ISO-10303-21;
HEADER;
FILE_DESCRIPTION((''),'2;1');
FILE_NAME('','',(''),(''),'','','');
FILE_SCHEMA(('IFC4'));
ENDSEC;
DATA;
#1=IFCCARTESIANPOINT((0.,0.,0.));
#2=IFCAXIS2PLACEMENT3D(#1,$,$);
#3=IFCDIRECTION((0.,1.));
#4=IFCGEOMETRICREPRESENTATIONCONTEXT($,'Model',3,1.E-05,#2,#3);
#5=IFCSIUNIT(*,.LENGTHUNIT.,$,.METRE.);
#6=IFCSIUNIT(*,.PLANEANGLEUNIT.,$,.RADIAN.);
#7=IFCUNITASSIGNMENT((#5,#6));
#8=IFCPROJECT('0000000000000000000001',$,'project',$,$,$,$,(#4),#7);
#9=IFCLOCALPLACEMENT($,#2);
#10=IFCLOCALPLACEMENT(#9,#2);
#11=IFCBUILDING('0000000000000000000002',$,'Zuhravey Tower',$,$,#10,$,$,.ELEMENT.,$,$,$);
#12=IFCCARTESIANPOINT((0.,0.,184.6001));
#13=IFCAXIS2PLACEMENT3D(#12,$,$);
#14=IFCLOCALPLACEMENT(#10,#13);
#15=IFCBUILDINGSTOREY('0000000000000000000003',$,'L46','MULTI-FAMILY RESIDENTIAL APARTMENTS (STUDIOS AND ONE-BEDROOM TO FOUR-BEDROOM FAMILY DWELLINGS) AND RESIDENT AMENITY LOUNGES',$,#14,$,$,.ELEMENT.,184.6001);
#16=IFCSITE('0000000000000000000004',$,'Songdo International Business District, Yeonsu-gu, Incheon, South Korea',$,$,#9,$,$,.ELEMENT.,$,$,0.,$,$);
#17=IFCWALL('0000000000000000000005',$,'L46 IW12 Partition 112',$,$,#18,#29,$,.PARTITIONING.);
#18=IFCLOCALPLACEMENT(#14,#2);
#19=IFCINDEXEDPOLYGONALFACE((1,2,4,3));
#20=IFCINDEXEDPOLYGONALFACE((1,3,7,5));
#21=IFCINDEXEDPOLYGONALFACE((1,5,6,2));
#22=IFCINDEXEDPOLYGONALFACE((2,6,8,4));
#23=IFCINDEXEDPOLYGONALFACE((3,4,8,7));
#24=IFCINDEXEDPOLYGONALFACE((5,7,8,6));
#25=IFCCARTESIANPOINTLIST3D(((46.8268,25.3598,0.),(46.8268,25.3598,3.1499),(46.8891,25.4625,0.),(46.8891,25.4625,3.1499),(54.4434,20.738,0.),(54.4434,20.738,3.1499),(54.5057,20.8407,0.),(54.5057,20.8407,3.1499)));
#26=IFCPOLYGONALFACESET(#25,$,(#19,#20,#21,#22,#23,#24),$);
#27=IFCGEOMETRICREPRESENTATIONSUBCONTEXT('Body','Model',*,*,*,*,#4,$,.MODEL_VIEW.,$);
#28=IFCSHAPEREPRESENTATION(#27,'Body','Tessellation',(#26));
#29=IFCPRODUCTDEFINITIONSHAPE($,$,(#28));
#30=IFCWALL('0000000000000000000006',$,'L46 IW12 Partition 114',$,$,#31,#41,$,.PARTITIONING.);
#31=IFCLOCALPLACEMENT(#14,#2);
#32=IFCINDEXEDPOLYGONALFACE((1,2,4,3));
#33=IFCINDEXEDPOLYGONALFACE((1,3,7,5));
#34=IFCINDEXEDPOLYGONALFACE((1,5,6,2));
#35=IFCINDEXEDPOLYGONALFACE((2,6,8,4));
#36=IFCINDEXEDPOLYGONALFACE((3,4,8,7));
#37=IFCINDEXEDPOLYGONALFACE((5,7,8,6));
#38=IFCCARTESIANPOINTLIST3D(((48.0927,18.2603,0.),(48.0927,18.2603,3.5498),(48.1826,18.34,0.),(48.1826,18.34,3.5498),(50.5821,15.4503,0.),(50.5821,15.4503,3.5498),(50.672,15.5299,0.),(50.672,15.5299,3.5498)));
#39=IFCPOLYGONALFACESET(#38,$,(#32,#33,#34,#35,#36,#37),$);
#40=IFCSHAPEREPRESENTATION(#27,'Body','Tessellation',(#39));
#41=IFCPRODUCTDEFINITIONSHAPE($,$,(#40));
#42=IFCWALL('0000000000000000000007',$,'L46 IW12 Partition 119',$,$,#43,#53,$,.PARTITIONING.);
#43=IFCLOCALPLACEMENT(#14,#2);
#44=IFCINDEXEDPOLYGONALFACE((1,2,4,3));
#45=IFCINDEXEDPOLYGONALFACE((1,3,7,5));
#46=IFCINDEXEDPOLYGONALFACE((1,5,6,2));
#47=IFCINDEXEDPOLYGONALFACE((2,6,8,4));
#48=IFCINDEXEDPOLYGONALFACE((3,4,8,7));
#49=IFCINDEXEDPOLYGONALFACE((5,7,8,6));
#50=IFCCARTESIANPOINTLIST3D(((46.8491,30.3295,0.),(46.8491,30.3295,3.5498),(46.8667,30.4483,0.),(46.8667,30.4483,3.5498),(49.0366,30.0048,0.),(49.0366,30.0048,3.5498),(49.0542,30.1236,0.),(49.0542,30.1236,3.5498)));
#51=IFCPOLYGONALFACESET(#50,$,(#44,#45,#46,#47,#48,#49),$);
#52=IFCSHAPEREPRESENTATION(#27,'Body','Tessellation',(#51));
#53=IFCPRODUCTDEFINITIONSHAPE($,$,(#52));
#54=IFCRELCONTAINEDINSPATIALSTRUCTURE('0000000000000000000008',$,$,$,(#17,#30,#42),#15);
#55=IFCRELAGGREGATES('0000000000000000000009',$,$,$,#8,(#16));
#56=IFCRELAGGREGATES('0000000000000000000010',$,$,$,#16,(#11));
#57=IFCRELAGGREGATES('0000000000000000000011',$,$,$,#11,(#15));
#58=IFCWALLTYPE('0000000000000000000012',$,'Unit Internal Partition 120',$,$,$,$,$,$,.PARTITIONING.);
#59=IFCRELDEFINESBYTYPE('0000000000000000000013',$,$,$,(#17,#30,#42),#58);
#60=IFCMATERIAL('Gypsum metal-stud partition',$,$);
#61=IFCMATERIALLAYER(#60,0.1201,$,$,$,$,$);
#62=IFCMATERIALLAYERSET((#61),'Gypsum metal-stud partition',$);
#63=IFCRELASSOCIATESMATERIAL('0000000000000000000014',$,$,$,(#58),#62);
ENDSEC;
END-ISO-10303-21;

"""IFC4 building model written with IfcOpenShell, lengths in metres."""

from ifc_helpers import new_model, si_unit, direction, frame, frame_2d, origin, place, context, subcontext, project, spatial, rectangle, extrude, material, layer, layer_set, type_object, element, save


model = new_model("IFC4")

# Units and contexts
model_context = context("Model", 3, precision=1e-05, world=origin(), true_north=direction((0.0, 1.0)))
body_context = subcontext(model_context, "Body", "Model", "MODEL_VIEW")
ifc_project = project(units=[si_unit("LENGTHUNIT", "METRE"), si_unit("PLANEANGLEUNIT", "RADIAN")], contexts=[model_context])

# Site, building, storey
site_placement = place(None, origin())
site = spatial("IfcSite", under=ifc_project, at=site_placement, Name="Songdo International Business District, Yeonsu-gu, Incheon, South Korea", CompositionType="ELEMENT", RefElevation=0.0)
building_placement = place(site_placement, origin())
building = spatial("IfcBuilding", under=site, at=building_placement, Name="Zuhravey Tower", CompositionType="ELEMENT")
storey_placement = place(building_placement, frame((0.0, 0.0, 184.6001)))
storey = spatial("IfcBuildingStorey", under=building, at=storey_placement, Name="L46", Description="MULTI-FAMILY RESIDENTIAL APARTMENTS (STUDIOS AND ONE-BEDROOM TO FOUR-BEDROOM FAMILY DWELLINGS) AND RESIDENT AMENITY LOUNGES", CompositionType="ELEMENT", Elevation=184.6001)

# Shared definitions
ifc_material_1 = material(Name="Gypsum metal-stud partition")
ifc_layer_1 = layer(ifc_material_1, 0.1201)
ifc_layer_set_1 = layer_set([ifc_layer_1], Name="Gypsum metal-stud partition")
wall_type_1 = type_object("IfcWallType", Name="Unit Internal Partition 120", PredefinedType="PARTITIONING", material=ifc_layer_set_1)

# Walls
wall_1_placement = place(storey_placement, frame((46.8579, 25.4111, 0.0), z_axis=(0.0, 0.0, 1.0), x_axis=(0.854917, -0.518765, 0.0)))
element("IfcWall", 1, at=wall_1_placement, inside=storey, type_object=wall_type_1, Name="L46 IW12 Partition 112", PredefinedType="PARTITIONING", context=body_context, shape_type="SweptSolid", body=[
    extrude(rectangle(XDim=8.9092, YDim=0.1201, at=frame_2d((4.4546, 0.0))), origin(), (0.0, 0.0, 1.0), 3.1499),
])
wall_2_placement = place(storey_placement, frame((48.1377, 18.3, 0.0), z_axis=(0.0, 0.0, 1.0), x_axis=(0.663124, -0.74851, 0.0)))
element("IfcWall", 2, at=wall_2_placement, inside=storey, type_object=wall_type_1, Name="L46 IW12 Partition 114", PredefinedType="PARTITIONING", context=body_context, shape_type="SweptSolid", body=[
    extrude(rectangle(XDim=3.7542, YDim=0.1201, at=frame_2d((1.877, 0.0))), origin(), (0.0, 0.0, 1.0), 3.5498),
])
wall_3_placement = place(storey_placement, frame((46.8579, 30.3889, 0.0), z_axis=(0.0, 0.0, 1.0), x_axis=(0.989162, -0.146829, 0.0)))
element("IfcWall", 3, at=wall_3_placement, inside=storey, type_object=wall_type_1, Name="L46 IW12 Partition 119", PredefinedType="PARTITIONING", context=body_context, shape_type="SweptSolid", body=[
    extrude(rectangle(XDim=2.2114, YDim=0.1201, at=frame_2d((1.1057, 0.0))), origin(), (0.0, 0.0, 1.0), 3.5498),
])

save(model, "model.ifc")
